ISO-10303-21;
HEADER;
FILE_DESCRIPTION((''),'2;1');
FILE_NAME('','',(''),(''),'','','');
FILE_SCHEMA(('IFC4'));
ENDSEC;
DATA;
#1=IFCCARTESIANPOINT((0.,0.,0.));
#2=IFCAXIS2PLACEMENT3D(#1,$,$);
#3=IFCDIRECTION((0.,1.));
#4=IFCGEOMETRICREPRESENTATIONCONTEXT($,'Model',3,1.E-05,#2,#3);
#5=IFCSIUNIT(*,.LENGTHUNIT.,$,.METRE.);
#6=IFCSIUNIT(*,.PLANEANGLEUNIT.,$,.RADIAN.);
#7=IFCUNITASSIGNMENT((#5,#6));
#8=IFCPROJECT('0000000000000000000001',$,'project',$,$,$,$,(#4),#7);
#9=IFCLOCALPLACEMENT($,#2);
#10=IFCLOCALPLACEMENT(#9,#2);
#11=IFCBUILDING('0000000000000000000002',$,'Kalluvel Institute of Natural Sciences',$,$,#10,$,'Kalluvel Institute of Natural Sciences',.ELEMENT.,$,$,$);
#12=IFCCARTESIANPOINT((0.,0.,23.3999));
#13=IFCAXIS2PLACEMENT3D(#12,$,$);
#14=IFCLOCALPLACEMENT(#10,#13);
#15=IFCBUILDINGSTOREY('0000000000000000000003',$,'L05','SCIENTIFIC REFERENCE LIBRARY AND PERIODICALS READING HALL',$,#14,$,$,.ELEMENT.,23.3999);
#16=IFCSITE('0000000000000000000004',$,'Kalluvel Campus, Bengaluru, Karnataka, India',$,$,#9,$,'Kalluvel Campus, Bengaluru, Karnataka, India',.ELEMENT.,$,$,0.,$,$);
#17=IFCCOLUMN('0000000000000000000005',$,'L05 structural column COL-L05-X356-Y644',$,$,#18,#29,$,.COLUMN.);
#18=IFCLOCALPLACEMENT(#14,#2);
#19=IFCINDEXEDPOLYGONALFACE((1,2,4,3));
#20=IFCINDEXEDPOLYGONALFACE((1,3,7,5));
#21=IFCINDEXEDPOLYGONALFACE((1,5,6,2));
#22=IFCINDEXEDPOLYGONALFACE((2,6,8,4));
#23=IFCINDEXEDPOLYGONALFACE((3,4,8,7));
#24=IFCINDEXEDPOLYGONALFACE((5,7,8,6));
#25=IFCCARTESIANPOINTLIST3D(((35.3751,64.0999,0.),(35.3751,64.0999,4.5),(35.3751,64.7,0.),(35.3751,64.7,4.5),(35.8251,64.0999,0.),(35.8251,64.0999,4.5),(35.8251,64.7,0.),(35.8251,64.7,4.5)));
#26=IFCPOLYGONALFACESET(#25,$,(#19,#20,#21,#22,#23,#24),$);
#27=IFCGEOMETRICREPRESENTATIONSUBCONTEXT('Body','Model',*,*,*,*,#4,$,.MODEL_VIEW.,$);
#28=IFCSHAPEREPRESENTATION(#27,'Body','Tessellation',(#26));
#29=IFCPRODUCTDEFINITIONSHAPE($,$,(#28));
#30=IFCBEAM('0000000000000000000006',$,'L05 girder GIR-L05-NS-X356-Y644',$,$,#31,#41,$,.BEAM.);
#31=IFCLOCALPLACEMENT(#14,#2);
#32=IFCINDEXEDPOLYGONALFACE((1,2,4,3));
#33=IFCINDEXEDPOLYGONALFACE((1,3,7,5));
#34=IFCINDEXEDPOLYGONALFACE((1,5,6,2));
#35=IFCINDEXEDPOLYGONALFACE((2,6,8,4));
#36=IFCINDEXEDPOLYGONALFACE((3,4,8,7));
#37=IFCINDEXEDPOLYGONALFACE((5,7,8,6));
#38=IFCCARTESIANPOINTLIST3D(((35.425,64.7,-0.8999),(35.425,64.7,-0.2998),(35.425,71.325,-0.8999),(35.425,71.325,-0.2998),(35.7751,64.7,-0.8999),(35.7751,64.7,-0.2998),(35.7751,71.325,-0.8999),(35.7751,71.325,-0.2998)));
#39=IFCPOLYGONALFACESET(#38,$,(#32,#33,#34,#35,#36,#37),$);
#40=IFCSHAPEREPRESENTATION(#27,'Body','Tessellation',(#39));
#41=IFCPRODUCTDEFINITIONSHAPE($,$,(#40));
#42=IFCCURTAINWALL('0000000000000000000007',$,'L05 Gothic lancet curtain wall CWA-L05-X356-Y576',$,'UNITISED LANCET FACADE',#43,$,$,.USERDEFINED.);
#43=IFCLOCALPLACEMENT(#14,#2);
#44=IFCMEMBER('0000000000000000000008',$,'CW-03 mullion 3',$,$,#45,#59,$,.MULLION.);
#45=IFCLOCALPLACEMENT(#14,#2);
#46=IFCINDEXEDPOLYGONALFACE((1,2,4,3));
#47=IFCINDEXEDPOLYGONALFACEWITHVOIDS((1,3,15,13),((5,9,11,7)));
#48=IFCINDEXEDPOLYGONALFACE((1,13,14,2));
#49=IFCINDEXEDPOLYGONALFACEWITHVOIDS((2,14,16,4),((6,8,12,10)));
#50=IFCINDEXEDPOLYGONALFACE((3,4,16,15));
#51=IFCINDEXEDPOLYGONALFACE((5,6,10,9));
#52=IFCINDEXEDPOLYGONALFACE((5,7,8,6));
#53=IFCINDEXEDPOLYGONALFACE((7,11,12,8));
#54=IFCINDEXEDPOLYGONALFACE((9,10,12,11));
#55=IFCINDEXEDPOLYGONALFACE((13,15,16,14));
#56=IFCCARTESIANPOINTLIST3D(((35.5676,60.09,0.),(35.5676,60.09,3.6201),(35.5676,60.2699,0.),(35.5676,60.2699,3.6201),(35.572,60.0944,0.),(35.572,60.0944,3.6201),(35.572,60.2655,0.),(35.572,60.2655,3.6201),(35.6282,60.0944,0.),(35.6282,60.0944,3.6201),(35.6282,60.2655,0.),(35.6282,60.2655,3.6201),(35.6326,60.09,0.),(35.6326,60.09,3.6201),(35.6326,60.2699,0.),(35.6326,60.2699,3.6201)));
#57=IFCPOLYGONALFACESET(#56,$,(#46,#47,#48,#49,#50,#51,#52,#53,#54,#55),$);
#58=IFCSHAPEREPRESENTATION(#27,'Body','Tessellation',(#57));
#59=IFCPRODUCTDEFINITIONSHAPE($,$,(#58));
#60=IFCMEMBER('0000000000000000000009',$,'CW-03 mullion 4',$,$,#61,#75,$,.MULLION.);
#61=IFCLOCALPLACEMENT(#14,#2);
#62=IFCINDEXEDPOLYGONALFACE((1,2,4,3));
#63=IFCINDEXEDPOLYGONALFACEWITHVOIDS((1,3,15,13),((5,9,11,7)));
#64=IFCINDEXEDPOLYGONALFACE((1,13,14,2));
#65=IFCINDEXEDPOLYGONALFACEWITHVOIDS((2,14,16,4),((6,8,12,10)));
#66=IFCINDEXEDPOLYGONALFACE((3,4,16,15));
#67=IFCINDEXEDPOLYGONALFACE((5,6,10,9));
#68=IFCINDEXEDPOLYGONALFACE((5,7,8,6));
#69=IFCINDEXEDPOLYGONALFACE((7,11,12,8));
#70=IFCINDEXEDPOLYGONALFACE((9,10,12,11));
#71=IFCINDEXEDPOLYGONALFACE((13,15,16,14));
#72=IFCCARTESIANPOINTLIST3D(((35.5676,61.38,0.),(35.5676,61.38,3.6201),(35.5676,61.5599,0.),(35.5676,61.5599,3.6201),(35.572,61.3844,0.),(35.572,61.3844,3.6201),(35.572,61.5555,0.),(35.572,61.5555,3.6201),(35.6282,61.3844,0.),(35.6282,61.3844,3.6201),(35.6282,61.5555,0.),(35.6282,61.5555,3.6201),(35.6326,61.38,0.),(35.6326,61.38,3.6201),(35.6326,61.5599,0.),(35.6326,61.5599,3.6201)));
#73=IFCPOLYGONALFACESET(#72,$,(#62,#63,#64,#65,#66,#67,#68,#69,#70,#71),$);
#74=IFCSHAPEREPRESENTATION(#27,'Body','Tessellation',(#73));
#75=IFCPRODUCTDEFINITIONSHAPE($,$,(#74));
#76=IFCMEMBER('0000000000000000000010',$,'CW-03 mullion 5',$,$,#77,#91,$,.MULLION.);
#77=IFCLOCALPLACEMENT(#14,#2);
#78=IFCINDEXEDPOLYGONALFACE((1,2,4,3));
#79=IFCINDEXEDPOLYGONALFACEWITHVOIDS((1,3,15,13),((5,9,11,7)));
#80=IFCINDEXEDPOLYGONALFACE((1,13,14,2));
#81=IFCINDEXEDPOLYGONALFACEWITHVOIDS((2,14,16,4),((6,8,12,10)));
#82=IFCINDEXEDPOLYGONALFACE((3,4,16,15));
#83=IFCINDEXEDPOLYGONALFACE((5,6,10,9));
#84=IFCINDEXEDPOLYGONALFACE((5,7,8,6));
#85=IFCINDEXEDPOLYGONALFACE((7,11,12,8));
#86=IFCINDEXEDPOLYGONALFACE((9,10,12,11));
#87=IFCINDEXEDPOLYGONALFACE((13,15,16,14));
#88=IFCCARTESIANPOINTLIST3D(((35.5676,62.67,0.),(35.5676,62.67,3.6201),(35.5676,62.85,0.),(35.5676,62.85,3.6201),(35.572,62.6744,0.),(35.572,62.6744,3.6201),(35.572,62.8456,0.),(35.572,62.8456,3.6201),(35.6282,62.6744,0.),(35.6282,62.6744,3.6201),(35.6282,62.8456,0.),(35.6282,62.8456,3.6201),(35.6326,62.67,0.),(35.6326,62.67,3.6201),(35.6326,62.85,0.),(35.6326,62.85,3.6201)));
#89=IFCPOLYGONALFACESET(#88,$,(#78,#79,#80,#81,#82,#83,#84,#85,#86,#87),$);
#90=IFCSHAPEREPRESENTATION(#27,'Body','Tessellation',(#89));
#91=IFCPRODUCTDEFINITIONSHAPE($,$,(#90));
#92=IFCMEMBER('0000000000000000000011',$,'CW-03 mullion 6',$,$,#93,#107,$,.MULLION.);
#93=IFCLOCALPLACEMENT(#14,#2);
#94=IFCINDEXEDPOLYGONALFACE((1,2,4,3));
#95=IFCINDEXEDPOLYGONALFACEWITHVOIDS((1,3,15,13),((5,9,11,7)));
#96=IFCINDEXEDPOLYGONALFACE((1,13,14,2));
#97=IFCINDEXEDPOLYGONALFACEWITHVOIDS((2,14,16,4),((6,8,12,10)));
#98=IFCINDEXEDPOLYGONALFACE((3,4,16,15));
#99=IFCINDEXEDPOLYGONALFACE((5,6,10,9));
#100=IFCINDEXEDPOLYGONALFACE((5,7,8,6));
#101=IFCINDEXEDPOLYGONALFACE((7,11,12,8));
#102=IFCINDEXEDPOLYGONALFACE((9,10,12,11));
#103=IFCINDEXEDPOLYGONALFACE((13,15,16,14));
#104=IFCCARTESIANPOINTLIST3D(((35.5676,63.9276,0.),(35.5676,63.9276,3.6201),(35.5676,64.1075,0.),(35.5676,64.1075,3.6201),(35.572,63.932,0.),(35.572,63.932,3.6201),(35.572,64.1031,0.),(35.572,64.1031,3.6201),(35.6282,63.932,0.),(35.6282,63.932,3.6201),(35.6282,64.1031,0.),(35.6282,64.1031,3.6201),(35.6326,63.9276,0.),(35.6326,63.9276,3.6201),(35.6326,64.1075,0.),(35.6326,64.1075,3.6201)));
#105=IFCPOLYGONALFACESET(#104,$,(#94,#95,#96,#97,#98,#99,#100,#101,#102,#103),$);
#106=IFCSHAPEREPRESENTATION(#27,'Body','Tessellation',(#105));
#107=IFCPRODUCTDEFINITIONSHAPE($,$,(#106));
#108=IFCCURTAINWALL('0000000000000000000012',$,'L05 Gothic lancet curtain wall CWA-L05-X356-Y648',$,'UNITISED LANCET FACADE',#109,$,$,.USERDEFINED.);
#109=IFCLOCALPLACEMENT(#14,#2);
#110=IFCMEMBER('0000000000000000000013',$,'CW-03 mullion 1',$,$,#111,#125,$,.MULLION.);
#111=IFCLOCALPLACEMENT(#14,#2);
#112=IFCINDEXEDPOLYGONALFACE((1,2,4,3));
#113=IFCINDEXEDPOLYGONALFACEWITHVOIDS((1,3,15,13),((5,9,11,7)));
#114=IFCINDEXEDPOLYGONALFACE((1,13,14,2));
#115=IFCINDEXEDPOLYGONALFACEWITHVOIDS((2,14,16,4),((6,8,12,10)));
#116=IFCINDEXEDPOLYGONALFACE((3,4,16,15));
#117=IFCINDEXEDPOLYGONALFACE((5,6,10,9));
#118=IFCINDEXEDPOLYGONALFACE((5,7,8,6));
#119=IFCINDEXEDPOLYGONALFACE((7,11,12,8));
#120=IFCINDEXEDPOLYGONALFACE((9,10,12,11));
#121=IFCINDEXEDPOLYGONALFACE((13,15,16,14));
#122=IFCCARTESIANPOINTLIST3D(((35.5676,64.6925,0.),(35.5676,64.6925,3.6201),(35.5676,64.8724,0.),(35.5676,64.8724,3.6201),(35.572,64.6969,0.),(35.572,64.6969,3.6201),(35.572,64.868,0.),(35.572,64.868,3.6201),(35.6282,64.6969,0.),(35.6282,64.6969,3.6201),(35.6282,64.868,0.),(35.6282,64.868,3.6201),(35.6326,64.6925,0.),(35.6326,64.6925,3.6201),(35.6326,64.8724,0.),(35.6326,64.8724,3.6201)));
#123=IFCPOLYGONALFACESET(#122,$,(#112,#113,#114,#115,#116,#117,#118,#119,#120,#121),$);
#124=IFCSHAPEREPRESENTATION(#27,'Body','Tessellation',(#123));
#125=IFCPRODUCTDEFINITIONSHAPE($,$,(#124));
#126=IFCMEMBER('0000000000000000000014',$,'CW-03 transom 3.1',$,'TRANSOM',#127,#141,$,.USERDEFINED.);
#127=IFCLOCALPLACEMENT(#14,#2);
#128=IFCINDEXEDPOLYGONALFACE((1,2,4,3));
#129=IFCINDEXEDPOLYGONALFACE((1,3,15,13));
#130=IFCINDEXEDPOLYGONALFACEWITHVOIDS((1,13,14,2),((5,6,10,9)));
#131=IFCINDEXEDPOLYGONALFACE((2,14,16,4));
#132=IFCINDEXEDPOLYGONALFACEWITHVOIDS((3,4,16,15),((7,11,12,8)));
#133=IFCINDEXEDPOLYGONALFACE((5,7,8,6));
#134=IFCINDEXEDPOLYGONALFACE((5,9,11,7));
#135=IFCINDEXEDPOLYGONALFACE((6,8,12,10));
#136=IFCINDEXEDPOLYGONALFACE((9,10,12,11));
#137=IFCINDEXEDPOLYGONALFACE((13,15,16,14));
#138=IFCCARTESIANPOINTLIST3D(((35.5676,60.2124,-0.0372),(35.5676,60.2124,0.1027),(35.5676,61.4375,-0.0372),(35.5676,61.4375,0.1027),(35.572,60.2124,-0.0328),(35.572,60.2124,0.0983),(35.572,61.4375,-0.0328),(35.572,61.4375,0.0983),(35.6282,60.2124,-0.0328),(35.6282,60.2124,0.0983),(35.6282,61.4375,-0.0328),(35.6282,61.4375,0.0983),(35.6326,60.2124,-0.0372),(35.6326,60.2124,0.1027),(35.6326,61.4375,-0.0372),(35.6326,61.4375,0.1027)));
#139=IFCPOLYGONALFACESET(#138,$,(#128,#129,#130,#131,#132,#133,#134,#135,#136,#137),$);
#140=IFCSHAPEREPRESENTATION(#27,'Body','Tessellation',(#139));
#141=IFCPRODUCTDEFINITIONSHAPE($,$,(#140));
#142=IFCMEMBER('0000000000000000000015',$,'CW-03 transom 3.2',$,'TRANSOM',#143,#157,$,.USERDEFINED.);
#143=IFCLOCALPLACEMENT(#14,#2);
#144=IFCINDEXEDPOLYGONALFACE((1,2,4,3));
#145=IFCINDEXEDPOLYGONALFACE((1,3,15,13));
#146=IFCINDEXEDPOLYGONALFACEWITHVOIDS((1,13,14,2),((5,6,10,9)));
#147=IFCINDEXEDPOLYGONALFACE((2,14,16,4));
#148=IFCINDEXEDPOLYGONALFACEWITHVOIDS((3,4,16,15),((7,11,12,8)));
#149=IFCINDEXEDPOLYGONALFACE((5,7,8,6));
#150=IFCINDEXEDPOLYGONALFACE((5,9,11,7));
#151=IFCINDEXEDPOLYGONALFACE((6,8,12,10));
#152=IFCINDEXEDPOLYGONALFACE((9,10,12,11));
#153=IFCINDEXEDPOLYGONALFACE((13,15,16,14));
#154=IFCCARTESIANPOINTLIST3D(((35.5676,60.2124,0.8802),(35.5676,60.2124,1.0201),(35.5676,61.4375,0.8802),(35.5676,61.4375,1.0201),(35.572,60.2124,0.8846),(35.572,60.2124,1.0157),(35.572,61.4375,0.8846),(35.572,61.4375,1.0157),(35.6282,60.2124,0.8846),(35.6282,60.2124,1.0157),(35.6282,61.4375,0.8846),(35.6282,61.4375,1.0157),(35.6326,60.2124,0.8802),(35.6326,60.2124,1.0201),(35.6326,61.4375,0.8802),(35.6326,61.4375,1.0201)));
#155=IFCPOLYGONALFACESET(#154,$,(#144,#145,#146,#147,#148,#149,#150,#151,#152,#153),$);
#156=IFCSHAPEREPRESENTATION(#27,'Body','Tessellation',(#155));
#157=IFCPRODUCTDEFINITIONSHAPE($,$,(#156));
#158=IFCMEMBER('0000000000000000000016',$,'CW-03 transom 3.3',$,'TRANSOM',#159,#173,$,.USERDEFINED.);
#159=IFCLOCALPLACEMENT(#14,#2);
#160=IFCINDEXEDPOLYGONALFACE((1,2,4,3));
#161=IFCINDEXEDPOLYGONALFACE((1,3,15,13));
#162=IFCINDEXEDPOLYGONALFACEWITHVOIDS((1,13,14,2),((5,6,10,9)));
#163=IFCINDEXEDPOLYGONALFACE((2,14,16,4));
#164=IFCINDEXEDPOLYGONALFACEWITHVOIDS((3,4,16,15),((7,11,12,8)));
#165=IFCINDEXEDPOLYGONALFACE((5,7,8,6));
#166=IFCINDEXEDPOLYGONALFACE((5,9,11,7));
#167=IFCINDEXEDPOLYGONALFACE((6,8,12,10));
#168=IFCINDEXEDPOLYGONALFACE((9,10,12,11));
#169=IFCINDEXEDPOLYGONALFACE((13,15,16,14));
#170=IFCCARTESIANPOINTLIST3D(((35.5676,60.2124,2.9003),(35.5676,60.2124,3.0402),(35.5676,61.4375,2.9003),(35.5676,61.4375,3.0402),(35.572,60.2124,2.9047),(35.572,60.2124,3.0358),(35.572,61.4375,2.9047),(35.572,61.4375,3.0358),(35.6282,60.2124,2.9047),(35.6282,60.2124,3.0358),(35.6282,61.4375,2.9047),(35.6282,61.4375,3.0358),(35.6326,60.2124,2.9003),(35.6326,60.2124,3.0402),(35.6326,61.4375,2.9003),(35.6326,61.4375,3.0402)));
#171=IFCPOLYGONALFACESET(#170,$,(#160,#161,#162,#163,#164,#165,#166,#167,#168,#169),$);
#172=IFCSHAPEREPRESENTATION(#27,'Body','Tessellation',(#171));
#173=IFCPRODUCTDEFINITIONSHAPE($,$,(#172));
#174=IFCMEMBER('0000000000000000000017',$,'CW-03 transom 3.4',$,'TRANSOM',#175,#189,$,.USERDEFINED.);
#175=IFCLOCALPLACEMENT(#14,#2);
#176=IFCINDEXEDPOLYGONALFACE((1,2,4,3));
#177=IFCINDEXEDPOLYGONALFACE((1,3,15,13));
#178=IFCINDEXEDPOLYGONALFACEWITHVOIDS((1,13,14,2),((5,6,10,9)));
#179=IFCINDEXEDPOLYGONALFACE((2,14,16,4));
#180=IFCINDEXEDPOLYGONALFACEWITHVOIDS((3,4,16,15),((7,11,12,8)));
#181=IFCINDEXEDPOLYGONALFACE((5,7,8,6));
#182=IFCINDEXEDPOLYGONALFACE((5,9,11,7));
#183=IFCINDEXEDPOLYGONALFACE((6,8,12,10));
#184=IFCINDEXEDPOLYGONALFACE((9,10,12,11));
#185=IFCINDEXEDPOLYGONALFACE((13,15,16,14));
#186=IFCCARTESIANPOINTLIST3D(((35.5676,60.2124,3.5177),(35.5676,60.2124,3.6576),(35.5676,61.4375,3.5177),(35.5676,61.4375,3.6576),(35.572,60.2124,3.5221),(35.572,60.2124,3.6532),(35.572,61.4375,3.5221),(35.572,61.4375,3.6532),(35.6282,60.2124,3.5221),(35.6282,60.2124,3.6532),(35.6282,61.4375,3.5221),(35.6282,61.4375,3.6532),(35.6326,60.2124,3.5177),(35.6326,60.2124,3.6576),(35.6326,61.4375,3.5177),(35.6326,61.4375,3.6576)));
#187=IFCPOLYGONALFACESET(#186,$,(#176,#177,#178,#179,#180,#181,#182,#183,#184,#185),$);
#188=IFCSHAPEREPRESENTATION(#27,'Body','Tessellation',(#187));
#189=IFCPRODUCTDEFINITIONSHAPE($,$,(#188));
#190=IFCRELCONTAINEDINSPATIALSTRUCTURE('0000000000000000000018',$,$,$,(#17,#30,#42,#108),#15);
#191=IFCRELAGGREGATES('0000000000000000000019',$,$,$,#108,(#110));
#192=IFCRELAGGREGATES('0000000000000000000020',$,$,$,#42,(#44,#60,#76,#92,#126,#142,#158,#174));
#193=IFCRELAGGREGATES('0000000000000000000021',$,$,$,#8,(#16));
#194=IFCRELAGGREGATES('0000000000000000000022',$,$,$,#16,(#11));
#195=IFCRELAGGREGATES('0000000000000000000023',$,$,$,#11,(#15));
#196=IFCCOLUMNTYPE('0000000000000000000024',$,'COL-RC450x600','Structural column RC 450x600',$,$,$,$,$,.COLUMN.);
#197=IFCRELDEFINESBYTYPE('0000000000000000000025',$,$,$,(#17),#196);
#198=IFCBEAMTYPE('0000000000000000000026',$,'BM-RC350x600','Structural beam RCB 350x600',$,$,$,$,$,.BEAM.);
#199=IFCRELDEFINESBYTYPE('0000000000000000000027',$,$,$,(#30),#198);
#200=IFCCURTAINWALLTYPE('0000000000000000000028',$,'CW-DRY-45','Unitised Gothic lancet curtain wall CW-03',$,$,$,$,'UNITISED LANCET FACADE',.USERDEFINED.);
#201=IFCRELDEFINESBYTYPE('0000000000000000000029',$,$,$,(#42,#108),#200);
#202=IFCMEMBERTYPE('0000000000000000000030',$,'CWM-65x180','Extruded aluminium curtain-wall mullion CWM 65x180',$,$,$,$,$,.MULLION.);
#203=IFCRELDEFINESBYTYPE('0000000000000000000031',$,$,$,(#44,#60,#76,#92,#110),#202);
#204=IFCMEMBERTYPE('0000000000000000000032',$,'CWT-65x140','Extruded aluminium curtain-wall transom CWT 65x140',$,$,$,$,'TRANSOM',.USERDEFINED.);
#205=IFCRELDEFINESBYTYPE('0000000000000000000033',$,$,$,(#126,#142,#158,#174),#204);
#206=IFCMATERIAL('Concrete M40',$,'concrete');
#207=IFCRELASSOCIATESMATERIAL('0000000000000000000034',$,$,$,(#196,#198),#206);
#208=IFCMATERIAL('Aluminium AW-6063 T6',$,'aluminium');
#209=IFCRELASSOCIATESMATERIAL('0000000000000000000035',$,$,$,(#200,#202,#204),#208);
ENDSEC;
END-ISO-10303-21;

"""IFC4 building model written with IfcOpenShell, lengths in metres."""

from ifc_helpers import new_model, si_unit, direction, frame, origin, origin_2d, place, context, subcontext, project, spatial, rectangle, hollow_rectangle, extrude, material, material_profile, profile_set, type_object, element, aggregate, save


model = new_model("IFC4")

# Units and contexts
model_context = context("Model", 3, precision=1e-05, world=origin(), true_north=direction((0.0, 1.0)))
body_context = subcontext(model_context, "Body", "Model", "MODEL_VIEW")
ifc_project = project(units=[si_unit("LENGTHUNIT", "METRE"), si_unit("PLANEANGLEUNIT", "RADIAN")], contexts=[model_context])

# Site, building, storey
site_placement = place(None, origin())
site = spatial("IfcSite", under=ifc_project, at=site_placement, Name="Kalluvel Campus, Bengaluru, Karnataka, India", LongName="Kalluvel Campus, Bengaluru, Karnataka, India", CompositionType="ELEMENT", RefElevation=0.0)
building_placement = place(site_placement, origin())
building = spatial("IfcBuilding", under=site, at=building_placement, Name="Kalluvel Institute of Natural Sciences", LongName="Kalluvel Institute of Natural Sciences", CompositionType="ELEMENT")
storey_placement = place(building_placement, frame((0.0, 0.0, 23.3999)))
storey = spatial("IfcBuildingStorey", under=building, at=storey_placement, Name="L05", Description="SCIENTIFIC REFERENCE LIBRARY AND PERIODICALS READING HALL", CompositionType="ELEMENT", Elevation=23.3999)

# Column
ifc_material_1 = material(Name="Concrete M40", Category="concrete")
ifc_material_profile_1 = material_profile(ifc_material_1, rectangle(XDim=0.45, YDim=0.6001, at=origin_2d()), Name="RC 450x600")
ifc_profile_set_1 = profile_set([ifc_material_profile_1], Name="Concrete M40")
column_type = type_object("IfcColumnType", Name="COL-RC450x600", Description="Structural column RC 450x600", PredefinedType="COLUMN", material=ifc_profile_set_1)
column_placement = place(storey_placement, frame((35.6001, 64.3999, 0.0), z_axis=(0.0, 0.0, 1.0), x_axis=(1.0, 0.0, 0.0)))
element("IfcColumn", 1, at=column_placement, inside=storey, type_object=column_type, Name="L05 structural column COL-L05-X356-Y644", PredefinedType="COLUMN", context=body_context, shape_type="SweptSolid", body=[
    extrude(rectangle(XDim=0.45, YDim=0.6001, at=origin_2d()), origin(), (0.0, 0.0, 1.0), 4.5),
])

# Beam
ifc_material_profile_2 = material_profile(ifc_material_1, rectangle(XDim=0.3501, YDim=0.6001, at=origin_2d()), Name="RCB 350x600")
ifc_profile_set_2 = profile_set([ifc_material_profile_2], Name="Concrete M40")
beam_type = type_object("IfcBeamType", Name="BM-RC350x600", Description="Structural beam RCB 350x600", PredefinedType="BEAM", material=ifc_profile_set_2)
beam_placement = place(storey_placement, frame((35.6001, 64.7, -0.5999), z_axis=(0.0, 1.0, 0.0), x_axis=(-1.0, 0.0, 0.0)))
element("IfcBeam", 2, at=beam_placement, inside=storey, type_object=beam_type, Name="L05 girder GIR-L05-NS-X356-Y644", PredefinedType="BEAM", context=body_context, shape_type="SweptSolid", body=[
    extrude(rectangle(XDim=0.3501, YDim=0.6001, at=origin_2d()), origin(), (0.0, 0.0, 1.0), 6.625),
])

# Curtain wall, members
ifc_material_2 = material(Name="Aluminium AW-6063 T6", Category="aluminium")
curtain_wall_type = type_object("IfcCurtainWallType", Name="CW-DRY-45", Description="Unitised Gothic lancet curtain wall CW-03", ElementType="UNITISED LANCET FACADE", PredefinedType="USERDEFINED", material=ifc_material_2)
curtain_wall_1_placement = place(storey_placement, origin())
curtain_wall_1 = element("IfcCurtainWall", 3, at=curtain_wall_1_placement, inside=storey, type_object=curtain_wall_type, Name="L05 Gothic lancet curtain wall CWA-L05-X356-Y576", ObjectType="UNITISED LANCET FACADE", PredefinedType="USERDEFINED")
ifc_material_profile_3 = material_profile(ifc_material_2, hollow_rectangle(XDim=0.0649, YDim=0.1799, WallThickness=0.0044, at=origin_2d()), Name="CWM 65x180")
ifc_profile_set_3 = profile_set([ifc_material_profile_3], Name="Aluminium AW-6063 T6")
member_type_1 = type_object("IfcMemberType", Name="CWM-65x180", Description="Extruded aluminium curtain-wall mullion CWM 65x180", PredefinedType="MULLION", material=ifc_profile_set_3)
member_1_placement = place(storey_placement, frame((35.6001, 60.1799, 0.0), z_axis=(0.0, 0.0, 1.0), x_axis=(-1.0, 0.0, 0.0)))
member_1 = element("IfcMember", 4, at=member_1_placement, type_object=member_type_1, Name="CW-03 mullion 3", PredefinedType="MULLION", context=body_context, shape_type="SweptSolid", body=[
    extrude(hollow_rectangle(XDim=0.0649, YDim=0.1799, WallThickness=0.0044, at=origin_2d()), origin(), (0.0, 0.0, 1.0), 3.6201),
])
member_2_placement = place(storey_placement, frame((35.6001, 61.47, 0.0), z_axis=(0.0, 0.0, 1.0), x_axis=(-1.0, 0.0, 0.0)))
member_2 = element("IfcMember", 5, at=member_2_placement, type_object=member_type_1, Name="CW-03 mullion 4", PredefinedType="MULLION", context=body_context, shape_type="SweptSolid", body=[
    extrude(hollow_rectangle(XDim=0.0649, YDim=0.1799, WallThickness=0.0044, at=origin_2d()), origin(), (0.0, 0.0, 1.0), 3.6201),
])
member_3_placement = place(storey_placement, frame((35.6001, 62.76, 0.0), z_axis=(0.0, 0.0, 1.0), x_axis=(-1.0, 0.0, 0.0)))
member_3 = element("IfcMember", 6, at=member_3_placement, type_object=member_type_1, Name="CW-03 mullion 5", PredefinedType="MULLION", context=body_context, shape_type="SweptSolid", body=[
    extrude(hollow_rectangle(XDim=0.0649, YDim=0.1799, WallThickness=0.0044, at=origin_2d()), origin(), (0.0, 0.0, 1.0), 3.6201),
])
member_4_placement = place(storey_placement, frame((35.6001, 64.0176, 0.0), z_axis=(0.0, 0.0, 1.0), x_axis=(-1.0, 0.0, 0.0)))
member_4 = element("IfcMember", 7, at=member_4_placement, type_object=member_type_1, Name="CW-03 mullion 6", PredefinedType="MULLION", context=body_context, shape_type="SweptSolid", body=[
    extrude(hollow_rectangle(XDim=0.0649, YDim=0.1799, WallThickness=0.0044, at=origin_2d()), origin(), (0.0, 0.0, 1.0), 3.6201),
])

# Curtain wall, member
curtain_wall_2_placement = place(storey_placement, origin())
curtain_wall_2 = element("IfcCurtainWall", 8, at=curtain_wall_2_placement, inside=storey, type_object=curtain_wall_type, Name="L05 Gothic lancet curtain wall CWA-L05-X356-Y648", ObjectType="UNITISED LANCET FACADE", PredefinedType="USERDEFINED")
member_5_placement = place(storey_placement, frame((35.6001, 64.7825, 0.0), z_axis=(0.0, 0.0, 1.0), x_axis=(-1.0, 0.0, 0.0)))
member_5 = element("IfcMember", 9, at=member_5_placement, type_object=member_type_1, Name="CW-03 mullion 1", PredefinedType="MULLION", context=body_context, shape_type="SweptSolid", body=[
    extrude(hollow_rectangle(XDim=0.0649, YDim=0.1799, WallThickness=0.0044, at=origin_2d()), origin(), (0.0, 0.0, 1.0), 3.6201),
])
aggregate(curtain_wall_2, [member_5])

# Members
ifc_material_profile_4 = material_profile(ifc_material_2, hollow_rectangle(XDim=0.0649, YDim=0.1399, WallThickness=0.0044, at=origin_2d()), Name="CWT 65x140")
ifc_profile_set_4 = profile_set([ifc_material_profile_4], Name="Aluminium AW-6063 T6")
member_type_2 = type_object("IfcMemberType", Name="CWT-65x140", Description="Extruded aluminium curtain-wall transom CWT 65x140", ElementType="TRANSOM", PredefinedType="USERDEFINED", material=ifc_profile_set_4)
member_6_placement = place(storey_placement, frame((35.6001, 60.2124, 0.0327), z_axis=(0.0, 1.0, 0.0), x_axis=(-1.0, 0.0, 0.0)))
member_6 = element("IfcMember", 10, at=member_6_placement, type_object=member_type_2, Name="CW-03 transom 3.1", ObjectType="TRANSOM", PredefinedType="USERDEFINED", context=body_context, shape_type="SweptSolid", body=[
    extrude(hollow_rectangle(XDim=0.0649, YDim=0.1399, WallThickness=0.0044, at=origin_2d()), origin(), (0.0, 0.0, 1.0), 1.2251),
])
member_7_placement = place(storey_placement, frame((35.6001, 60.2124, 0.9502), z_axis=(0.0, 1.0, 0.0), x_axis=(-1.0, 0.0, 0.0)))
member_7 = element("IfcMember", 11, at=member_7_placement, type_object=member_type_2, Name="CW-03 transom 3.2", ObjectType="TRANSOM", PredefinedType="USERDEFINED", context=body_context, shape_type="SweptSolid", body=[
    extrude(hollow_rectangle(XDim=0.0649, YDim=0.1399, WallThickness=0.0044, at=origin_2d()), origin(), (0.0, 0.0, 1.0), 1.2251),
])
member_8_placement = place(storey_placement, frame((35.6001, 60.2124, 2.9702), z_axis=(0.0, 1.0, 0.0), x_axis=(-1.0, 0.0, 0.0)))
member_8 = element("IfcMember", 12, at=member_8_placement, type_object=member_type_2, Name="CW-03 transom 3.3", ObjectType="TRANSOM", PredefinedType="USERDEFINED", context=body_context, shape_type="SweptSolid", body=[
    extrude(hollow_rectangle(XDim=0.0649, YDim=0.1399, WallThickness=0.0044, at=origin_2d()), origin(), (0.0, 0.0, 1.0), 1.2251),
])
member_9_placement = place(storey_placement, frame((35.6001, 60.2124, 3.5876), z_axis=(0.0, 1.0, 0.0), x_axis=(-1.0, 0.0, 0.0)))
member_9 = element("IfcMember", 13, at=member_9_placement, type_object=member_type_2, Name="CW-03 transom 3.4", ObjectType="TRANSOM", PredefinedType="USERDEFINED", context=body_context, shape_type="SweptSolid", body=[
    extrude(hollow_rectangle(XDim=0.0649, YDim=0.1399, WallThickness=0.0044, at=origin_2d()), origin(), (0.0, 0.0, 1.0), 1.2251),
])

aggregate(curtain_wall_1, [member_1, member_2, member_3, member_4, member_6, member_7, member_8, member_9])

save(model, "model.ifc")
